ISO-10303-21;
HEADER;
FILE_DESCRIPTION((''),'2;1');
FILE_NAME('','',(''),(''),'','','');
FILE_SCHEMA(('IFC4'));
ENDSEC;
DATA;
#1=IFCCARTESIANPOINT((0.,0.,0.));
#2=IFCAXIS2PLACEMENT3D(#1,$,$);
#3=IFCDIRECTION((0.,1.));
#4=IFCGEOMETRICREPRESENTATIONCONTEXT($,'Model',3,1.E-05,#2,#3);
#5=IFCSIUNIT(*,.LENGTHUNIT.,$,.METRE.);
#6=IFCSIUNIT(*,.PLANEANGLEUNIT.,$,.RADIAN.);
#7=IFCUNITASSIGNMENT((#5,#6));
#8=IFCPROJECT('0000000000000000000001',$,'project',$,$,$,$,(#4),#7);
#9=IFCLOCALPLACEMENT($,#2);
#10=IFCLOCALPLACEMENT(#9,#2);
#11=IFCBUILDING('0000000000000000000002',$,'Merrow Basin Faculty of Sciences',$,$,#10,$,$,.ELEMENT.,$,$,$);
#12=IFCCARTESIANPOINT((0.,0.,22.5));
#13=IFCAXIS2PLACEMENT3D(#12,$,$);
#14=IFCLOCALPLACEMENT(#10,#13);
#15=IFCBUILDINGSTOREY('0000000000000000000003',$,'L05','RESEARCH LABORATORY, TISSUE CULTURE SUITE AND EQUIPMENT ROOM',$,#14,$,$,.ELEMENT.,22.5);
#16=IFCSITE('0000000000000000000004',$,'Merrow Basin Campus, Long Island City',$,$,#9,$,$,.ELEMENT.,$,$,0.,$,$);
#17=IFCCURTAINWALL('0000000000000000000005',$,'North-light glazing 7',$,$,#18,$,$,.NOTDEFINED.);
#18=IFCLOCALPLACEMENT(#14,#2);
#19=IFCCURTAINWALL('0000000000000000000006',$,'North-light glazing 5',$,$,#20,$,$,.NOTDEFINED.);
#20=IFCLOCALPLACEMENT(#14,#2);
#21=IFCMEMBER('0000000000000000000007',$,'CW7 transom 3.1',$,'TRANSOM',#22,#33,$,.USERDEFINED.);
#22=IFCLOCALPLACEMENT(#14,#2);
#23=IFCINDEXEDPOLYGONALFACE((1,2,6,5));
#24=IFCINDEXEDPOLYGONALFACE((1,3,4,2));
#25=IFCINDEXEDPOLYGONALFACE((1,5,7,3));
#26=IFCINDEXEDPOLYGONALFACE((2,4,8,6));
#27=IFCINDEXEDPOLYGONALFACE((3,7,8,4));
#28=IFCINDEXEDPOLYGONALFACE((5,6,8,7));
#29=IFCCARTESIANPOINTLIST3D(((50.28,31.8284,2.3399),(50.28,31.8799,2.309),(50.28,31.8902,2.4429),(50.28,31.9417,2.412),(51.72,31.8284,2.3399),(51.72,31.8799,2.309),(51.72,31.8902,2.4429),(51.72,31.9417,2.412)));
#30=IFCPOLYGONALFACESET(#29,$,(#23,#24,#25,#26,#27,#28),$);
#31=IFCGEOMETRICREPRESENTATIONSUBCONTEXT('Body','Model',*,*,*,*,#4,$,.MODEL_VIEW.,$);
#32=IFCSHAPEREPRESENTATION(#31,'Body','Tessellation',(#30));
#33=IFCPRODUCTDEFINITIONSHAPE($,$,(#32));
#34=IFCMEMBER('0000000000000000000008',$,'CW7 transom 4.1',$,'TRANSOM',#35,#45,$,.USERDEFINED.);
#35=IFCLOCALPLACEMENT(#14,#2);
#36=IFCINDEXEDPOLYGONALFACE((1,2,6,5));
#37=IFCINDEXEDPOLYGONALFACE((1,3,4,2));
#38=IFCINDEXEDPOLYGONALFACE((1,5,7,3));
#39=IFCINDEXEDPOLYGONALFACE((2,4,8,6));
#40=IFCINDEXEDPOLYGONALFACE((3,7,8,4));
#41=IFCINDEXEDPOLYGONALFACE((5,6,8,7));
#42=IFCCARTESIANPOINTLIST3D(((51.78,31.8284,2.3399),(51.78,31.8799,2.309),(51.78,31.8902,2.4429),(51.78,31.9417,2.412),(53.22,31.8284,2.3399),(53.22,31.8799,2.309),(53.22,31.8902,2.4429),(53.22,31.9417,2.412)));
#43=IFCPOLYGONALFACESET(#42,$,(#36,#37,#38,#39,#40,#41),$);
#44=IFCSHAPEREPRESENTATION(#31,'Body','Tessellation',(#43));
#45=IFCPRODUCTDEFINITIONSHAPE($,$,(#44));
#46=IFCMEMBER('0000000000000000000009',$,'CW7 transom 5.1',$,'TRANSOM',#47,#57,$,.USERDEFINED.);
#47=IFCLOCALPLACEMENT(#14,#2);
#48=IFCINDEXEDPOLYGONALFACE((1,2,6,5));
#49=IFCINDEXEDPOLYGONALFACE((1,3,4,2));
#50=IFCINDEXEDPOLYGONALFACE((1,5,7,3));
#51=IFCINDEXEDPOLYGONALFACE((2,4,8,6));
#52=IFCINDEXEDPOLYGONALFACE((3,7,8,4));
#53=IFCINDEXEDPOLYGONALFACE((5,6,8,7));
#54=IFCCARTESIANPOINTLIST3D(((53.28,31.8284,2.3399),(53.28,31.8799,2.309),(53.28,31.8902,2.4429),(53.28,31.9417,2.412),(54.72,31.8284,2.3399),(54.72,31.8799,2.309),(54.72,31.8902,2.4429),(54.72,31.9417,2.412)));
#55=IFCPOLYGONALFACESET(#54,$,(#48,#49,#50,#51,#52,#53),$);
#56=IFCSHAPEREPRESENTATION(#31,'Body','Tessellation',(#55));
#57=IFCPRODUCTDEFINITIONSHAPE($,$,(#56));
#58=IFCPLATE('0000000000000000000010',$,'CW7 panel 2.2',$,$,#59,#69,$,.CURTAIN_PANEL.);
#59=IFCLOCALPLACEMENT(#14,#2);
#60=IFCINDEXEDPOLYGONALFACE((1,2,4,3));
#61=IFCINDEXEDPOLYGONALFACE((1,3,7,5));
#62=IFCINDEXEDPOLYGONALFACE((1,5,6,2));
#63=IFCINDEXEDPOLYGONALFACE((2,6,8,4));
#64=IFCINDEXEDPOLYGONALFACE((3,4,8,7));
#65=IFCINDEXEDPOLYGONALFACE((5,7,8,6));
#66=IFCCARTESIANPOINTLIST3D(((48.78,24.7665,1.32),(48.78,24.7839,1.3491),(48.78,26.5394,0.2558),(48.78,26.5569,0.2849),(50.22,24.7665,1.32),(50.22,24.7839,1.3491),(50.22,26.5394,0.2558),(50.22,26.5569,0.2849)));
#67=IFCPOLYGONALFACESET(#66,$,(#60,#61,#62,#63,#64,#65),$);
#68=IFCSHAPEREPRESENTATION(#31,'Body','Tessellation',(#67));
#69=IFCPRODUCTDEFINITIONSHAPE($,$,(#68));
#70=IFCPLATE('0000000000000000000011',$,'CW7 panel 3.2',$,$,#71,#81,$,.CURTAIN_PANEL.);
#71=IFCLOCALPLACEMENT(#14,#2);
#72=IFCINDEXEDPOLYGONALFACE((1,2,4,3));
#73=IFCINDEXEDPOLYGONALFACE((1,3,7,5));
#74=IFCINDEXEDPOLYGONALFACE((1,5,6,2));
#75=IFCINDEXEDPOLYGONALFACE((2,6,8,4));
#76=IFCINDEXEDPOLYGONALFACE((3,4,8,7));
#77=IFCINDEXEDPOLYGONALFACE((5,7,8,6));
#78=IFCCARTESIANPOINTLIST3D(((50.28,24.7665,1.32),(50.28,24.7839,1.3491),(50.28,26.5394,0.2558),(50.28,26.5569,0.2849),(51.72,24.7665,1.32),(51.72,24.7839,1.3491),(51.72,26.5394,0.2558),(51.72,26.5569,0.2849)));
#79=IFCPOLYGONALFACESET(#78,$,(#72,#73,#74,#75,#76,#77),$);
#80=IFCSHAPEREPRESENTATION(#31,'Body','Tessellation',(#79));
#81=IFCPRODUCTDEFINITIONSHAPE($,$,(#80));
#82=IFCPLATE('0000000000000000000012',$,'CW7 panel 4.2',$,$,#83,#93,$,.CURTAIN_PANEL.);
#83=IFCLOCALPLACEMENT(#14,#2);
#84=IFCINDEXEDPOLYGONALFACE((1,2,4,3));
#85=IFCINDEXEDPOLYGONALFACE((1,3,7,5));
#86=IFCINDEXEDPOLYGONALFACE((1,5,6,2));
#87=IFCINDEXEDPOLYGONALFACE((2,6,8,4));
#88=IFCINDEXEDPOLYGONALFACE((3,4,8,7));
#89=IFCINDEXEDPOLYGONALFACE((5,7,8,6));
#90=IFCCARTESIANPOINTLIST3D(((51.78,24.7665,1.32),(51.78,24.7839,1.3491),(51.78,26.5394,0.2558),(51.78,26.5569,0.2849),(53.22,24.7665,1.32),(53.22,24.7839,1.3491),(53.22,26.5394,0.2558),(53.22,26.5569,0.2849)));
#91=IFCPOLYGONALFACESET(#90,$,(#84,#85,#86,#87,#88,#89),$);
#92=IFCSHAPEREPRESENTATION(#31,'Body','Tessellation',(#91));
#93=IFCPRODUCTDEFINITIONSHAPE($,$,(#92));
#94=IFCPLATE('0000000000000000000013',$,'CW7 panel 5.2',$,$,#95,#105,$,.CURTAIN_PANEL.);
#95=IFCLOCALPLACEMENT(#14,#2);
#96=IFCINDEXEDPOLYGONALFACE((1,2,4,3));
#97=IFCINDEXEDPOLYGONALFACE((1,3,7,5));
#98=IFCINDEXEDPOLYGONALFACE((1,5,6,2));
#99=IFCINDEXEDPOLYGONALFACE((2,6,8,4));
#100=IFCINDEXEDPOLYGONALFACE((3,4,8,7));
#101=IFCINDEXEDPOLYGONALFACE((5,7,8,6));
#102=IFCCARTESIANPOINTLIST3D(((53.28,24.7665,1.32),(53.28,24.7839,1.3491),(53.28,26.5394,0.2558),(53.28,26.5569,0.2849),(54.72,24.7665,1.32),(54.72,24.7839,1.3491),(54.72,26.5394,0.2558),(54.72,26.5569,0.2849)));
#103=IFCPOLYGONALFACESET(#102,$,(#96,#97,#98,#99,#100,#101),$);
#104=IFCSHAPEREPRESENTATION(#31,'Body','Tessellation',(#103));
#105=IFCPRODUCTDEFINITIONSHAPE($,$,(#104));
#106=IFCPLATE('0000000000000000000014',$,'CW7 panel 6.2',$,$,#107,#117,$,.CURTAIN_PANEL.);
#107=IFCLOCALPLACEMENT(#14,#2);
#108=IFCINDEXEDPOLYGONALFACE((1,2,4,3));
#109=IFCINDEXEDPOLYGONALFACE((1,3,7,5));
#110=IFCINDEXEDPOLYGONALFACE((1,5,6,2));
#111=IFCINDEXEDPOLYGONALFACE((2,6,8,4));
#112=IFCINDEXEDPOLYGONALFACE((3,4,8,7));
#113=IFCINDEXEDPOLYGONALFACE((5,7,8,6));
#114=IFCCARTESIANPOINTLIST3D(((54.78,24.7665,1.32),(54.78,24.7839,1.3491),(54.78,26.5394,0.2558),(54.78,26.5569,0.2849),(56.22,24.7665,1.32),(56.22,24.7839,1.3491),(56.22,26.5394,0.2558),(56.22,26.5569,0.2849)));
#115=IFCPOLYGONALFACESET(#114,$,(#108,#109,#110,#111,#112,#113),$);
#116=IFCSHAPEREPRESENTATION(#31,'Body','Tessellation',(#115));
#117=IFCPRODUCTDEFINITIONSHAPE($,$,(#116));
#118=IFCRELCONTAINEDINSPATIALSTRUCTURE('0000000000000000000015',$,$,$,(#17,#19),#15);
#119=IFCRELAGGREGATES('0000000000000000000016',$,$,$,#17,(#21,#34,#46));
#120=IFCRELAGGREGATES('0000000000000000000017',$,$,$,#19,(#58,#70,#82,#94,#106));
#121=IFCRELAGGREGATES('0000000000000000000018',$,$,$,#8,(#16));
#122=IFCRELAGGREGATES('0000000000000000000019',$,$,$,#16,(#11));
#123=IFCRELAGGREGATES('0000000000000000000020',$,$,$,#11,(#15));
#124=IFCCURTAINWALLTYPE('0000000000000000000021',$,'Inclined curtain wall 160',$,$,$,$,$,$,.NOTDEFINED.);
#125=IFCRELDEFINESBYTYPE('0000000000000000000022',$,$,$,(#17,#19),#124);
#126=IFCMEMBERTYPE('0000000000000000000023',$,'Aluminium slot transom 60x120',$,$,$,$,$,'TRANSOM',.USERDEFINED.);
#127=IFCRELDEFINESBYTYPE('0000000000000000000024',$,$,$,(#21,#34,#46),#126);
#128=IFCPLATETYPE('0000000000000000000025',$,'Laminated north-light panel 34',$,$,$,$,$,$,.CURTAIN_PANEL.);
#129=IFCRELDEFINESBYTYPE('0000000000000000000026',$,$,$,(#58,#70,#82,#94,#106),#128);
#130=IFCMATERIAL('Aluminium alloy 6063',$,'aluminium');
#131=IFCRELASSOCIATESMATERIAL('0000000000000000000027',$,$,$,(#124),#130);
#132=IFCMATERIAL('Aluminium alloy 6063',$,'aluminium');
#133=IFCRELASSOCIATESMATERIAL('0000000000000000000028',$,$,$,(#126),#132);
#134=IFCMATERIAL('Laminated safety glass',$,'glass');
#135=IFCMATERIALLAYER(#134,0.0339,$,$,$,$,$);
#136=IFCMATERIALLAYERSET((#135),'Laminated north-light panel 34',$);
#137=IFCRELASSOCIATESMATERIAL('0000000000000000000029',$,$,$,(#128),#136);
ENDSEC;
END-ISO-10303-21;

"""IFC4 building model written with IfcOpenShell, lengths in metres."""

from ifc_helpers import new_model, si_unit, direction, frame, origin, origin_2d, place, context, subcontext, project, spatial, polyline, rectangle, outline, extrude, material, layer, layer_set, material_profile, profile_set, type_object, element, aggregate, save


model = new_model("IFC4")

# Units and contexts
model_context = context("Model", 3, precision=1e-05, world=origin(), true_north=direction((0.0, 1.0)))
body_context = subcontext(model_context, "Body", "Model", "MODEL_VIEW")
ifc_project = project(units=[si_unit("LENGTHUNIT", "METRE"), si_unit("PLANEANGLEUNIT", "RADIAN")], contexts=[model_context])

# Site, building, storey
site_placement = place(None, origin())
site = spatial("IfcSite", under=ifc_project, at=site_placement, Name="Merrow Basin Campus, Long Island City", CompositionType="ELEMENT", RefElevation=0.0)
building_placement = place(site_placement, origin())
building = spatial("IfcBuilding", under=site, at=building_placement, Name="Merrow Basin Faculty of Sciences", CompositionType="ELEMENT")
storey_placement = place(building_placement, frame((0.0, 0.0, 22.5)))
storey = spatial("IfcBuildingStorey", under=building, at=storey_placement, Name="L05", Description="RESEARCH LABORATORY, TISSUE CULTURE SUITE AND EQUIPMENT ROOM", CompositionType="ELEMENT", Elevation=22.5)

# Curtain walls
ifc_material_1 = material(Name="Aluminium alloy 6063", Category="aluminium")
curtain_wall_type = type_object("IfcCurtainWallType", Name="Inclined curtain wall 160", PredefinedType="NOTDEFINED", material=ifc_material_1)
curtain_wall_1_placement = place(storey_placement, origin())
curtain_wall_1 = element("IfcCurtainWall", 1, at=curtain_wall_1_placement, inside=storey, type_object=curtain_wall_type, Name="North-light glazing 7", PredefinedType="NOTDEFINED")
curtain_wall_2_placement = place(storey_placement, origin())
curtain_wall_2 = element("IfcCurtainWall", 2, at=curtain_wall_2_placement, inside=storey, type_object=curtain_wall_type, Name="North-light glazing 5", PredefinedType="NOTDEFINED")
ifc_material_2 = material(Name="Aluminium alloy 6063", Category="aluminium")
ifc_material_profile_1 = material_profile(ifc_material_2, rectangle(XDim=0.0601, YDim=0.1201, at=origin_2d()))
ifc_profile_set_1 = profile_set([ifc_material_profile_1], Name="Aluminium alloy 6063")
member_type_1 = type_object("IfcMemberType", Name="Aluminium slot transom 60x120", ElementType="TRANSOM", PredefinedType="USERDEFINED", material=ifc_profile_set_1)

# Members
member_1_placement = place(storey_placement, frame((50.28, 31.885, 2.376), z_axis=(1.0, 0.0, 0.0), x_axis=(0.0, 0.857493, -0.514496)))
member_1 = element("IfcMember", 3, at=member_1_placement, type_object=member_type_1, Name="CW7 transom 3.1", ObjectType="TRANSOM", PredefinedType="USERDEFINED", context=body_context, shape_type="SweptSolid", body=[
    extrude(rectangle(XDim=0.0601, YDim=0.1201, at=origin_2d()), origin(), (0.0, 0.0, 1.0), 1.4399),
])
member_2_placement = place(storey_placement, frame((51.78, 31.885, 2.376), z_axis=(1.0, 0.0, 0.0), x_axis=(0.0, 0.857493, -0.514496)))
member_2 = element("IfcMember", 4, at=member_2_placement, type_object=member_type_1, Name="CW7 transom 4.1", ObjectType="TRANSOM", PredefinedType="USERDEFINED", context=body_context, shape_type="SweptSolid", body=[
    extrude(rectangle(XDim=0.0601, YDim=0.1201, at=origin_2d()), origin(), (0.0, 0.0, 1.0), 1.4399),
])
member_3_placement = place(storey_placement, frame((53.28, 31.885, 2.376), z_axis=(1.0, 0.0, 0.0), x_axis=(0.0, 0.857493, -0.514496)))
member_3 = element("IfcMember", 5, at=member_3_placement, type_object=member_type_1, Name="CW7 transom 5.1", ObjectType="TRANSOM", PredefinedType="USERDEFINED", context=body_context, shape_type="SweptSolid", body=[
    extrude(rectangle(XDim=0.0601, YDim=0.1201, at=origin_2d()), origin(), (0.0, 0.0, 1.0), 1.4399),
])
aggregate(curtain_wall_1, [member_1, member_2, member_3])

# Plates
ifc_material_3 = material(Name="Laminated safety glass", Category="glass")
ifc_layer = layer(ifc_material_3, 0.0339)
ifc_layer_set = layer_set([ifc_layer], Name="Laminated north-light panel 34")
plate_type = type_object("IfcPlateType", Name="Laminated north-light panel 34", PredefinedType="CURTAIN_PANEL", material=ifc_layer_set)
plate_1_placement = place(storey_placement, frame((48.78, 24.7839, 1.3491), z_axis=(0.0, 0.514652, 0.857399), x_axis=(1.0, 0.0, 0.0)))
plate_1 = element("IfcPlate", 6, at=plate_1_placement, type_object=plate_type, Name="CW7 panel 2.2", PredefinedType="CURTAIN_PANEL", context=body_context, shape_type="SweptSolid", body=[
    extrude(outline(polyline([(0.0, 0.0), (1.4399, 0.0), (1.4399, 2.0678), (0.0, 2.0678), (0.0, 0.0)])), origin(), (0.0, 0.0, -1.0), 0.0339),
])
plate_2_placement = place(storey_placement, frame((50.28, 24.7839, 1.3491), z_axis=(0.0, 0.514652, 0.857399), x_axis=(1.0, 0.0, 0.0)))
plate_2 = element("IfcPlate", 7, at=plate_2_placement, type_object=plate_type, Name="CW7 panel 3.2", PredefinedType="CURTAIN_PANEL", context=body_context, shape_type="SweptSolid", body=[
    extrude(outline(polyline([(0.0, 0.0), (1.4399, 0.0), (1.4399, 2.0678), (0.0, 2.0678), (0.0, 0.0)])), origin(), (0.0, 0.0, -1.0), 0.0339),
])
plate_3_placement = place(storey_placement, frame((51.78, 24.7839, 1.3491), z_axis=(0.0, 0.514652, 0.857399), x_axis=(1.0, 0.0, 0.0)))
plate_3 = element("IfcPlate", 8, at=plate_3_placement, type_object=plate_type, Name="CW7 panel 4.2", PredefinedType="CURTAIN_PANEL", context=body_context, shape_type="SweptSolid", body=[
    extrude(outline(polyline([(0.0, 0.0), (1.4399, 0.0), (1.4399, 2.0678), (0.0, 2.0678), (0.0, 0.0)])), origin(), (0.0, 0.0, -1.0), 0.0339),
])
plate_4_placement = place(storey_placement, frame((53.28, 24.7839, 1.3491), z_axis=(0.0, 0.514652, 0.857399), x_axis=(1.0, 0.0, 0.0)))
plate_4 = element("IfcPlate", 9, at=plate_4_placement, type_object=plate_type, Name="CW7 panel 5.2", PredefinedType="CURTAIN_PANEL", context=body_context, shape_type="SweptSolid", body=[
    extrude(outline(polyline([(0.0, 0.0), (1.4399, 0.0), (1.4399, 2.0678), (0.0, 2.0678), (0.0, 0.0)])), origin(), (0.0, 0.0, -1.0), 0.0339),
])
plate_5_placement = place(storey_placement, frame((54.78, 24.7839, 1.3491), z_axis=(0.0, 0.514652, 0.857399), x_axis=(1.0, 0.0, 0.0)))
plate_5 = element("IfcPlate", 10, at=plate_5_placement, type_object=plate_type, Name="CW7 panel 6.2", PredefinedType="CURTAIN_PANEL", context=body_context, shape_type="SweptSolid", body=[
    extrude(outline(polyline([(0.0, 0.0), (1.4399, 0.0), (1.4399, 2.0678), (0.0, 2.0678), (0.0, 0.0)])), origin(), (0.0, 0.0, -1.0), 0.0339),
])
aggregate(curtain_wall_2, [plate_1, plate_2, plate_3, plate_4, plate_5])

save(model, "model.ifc")
